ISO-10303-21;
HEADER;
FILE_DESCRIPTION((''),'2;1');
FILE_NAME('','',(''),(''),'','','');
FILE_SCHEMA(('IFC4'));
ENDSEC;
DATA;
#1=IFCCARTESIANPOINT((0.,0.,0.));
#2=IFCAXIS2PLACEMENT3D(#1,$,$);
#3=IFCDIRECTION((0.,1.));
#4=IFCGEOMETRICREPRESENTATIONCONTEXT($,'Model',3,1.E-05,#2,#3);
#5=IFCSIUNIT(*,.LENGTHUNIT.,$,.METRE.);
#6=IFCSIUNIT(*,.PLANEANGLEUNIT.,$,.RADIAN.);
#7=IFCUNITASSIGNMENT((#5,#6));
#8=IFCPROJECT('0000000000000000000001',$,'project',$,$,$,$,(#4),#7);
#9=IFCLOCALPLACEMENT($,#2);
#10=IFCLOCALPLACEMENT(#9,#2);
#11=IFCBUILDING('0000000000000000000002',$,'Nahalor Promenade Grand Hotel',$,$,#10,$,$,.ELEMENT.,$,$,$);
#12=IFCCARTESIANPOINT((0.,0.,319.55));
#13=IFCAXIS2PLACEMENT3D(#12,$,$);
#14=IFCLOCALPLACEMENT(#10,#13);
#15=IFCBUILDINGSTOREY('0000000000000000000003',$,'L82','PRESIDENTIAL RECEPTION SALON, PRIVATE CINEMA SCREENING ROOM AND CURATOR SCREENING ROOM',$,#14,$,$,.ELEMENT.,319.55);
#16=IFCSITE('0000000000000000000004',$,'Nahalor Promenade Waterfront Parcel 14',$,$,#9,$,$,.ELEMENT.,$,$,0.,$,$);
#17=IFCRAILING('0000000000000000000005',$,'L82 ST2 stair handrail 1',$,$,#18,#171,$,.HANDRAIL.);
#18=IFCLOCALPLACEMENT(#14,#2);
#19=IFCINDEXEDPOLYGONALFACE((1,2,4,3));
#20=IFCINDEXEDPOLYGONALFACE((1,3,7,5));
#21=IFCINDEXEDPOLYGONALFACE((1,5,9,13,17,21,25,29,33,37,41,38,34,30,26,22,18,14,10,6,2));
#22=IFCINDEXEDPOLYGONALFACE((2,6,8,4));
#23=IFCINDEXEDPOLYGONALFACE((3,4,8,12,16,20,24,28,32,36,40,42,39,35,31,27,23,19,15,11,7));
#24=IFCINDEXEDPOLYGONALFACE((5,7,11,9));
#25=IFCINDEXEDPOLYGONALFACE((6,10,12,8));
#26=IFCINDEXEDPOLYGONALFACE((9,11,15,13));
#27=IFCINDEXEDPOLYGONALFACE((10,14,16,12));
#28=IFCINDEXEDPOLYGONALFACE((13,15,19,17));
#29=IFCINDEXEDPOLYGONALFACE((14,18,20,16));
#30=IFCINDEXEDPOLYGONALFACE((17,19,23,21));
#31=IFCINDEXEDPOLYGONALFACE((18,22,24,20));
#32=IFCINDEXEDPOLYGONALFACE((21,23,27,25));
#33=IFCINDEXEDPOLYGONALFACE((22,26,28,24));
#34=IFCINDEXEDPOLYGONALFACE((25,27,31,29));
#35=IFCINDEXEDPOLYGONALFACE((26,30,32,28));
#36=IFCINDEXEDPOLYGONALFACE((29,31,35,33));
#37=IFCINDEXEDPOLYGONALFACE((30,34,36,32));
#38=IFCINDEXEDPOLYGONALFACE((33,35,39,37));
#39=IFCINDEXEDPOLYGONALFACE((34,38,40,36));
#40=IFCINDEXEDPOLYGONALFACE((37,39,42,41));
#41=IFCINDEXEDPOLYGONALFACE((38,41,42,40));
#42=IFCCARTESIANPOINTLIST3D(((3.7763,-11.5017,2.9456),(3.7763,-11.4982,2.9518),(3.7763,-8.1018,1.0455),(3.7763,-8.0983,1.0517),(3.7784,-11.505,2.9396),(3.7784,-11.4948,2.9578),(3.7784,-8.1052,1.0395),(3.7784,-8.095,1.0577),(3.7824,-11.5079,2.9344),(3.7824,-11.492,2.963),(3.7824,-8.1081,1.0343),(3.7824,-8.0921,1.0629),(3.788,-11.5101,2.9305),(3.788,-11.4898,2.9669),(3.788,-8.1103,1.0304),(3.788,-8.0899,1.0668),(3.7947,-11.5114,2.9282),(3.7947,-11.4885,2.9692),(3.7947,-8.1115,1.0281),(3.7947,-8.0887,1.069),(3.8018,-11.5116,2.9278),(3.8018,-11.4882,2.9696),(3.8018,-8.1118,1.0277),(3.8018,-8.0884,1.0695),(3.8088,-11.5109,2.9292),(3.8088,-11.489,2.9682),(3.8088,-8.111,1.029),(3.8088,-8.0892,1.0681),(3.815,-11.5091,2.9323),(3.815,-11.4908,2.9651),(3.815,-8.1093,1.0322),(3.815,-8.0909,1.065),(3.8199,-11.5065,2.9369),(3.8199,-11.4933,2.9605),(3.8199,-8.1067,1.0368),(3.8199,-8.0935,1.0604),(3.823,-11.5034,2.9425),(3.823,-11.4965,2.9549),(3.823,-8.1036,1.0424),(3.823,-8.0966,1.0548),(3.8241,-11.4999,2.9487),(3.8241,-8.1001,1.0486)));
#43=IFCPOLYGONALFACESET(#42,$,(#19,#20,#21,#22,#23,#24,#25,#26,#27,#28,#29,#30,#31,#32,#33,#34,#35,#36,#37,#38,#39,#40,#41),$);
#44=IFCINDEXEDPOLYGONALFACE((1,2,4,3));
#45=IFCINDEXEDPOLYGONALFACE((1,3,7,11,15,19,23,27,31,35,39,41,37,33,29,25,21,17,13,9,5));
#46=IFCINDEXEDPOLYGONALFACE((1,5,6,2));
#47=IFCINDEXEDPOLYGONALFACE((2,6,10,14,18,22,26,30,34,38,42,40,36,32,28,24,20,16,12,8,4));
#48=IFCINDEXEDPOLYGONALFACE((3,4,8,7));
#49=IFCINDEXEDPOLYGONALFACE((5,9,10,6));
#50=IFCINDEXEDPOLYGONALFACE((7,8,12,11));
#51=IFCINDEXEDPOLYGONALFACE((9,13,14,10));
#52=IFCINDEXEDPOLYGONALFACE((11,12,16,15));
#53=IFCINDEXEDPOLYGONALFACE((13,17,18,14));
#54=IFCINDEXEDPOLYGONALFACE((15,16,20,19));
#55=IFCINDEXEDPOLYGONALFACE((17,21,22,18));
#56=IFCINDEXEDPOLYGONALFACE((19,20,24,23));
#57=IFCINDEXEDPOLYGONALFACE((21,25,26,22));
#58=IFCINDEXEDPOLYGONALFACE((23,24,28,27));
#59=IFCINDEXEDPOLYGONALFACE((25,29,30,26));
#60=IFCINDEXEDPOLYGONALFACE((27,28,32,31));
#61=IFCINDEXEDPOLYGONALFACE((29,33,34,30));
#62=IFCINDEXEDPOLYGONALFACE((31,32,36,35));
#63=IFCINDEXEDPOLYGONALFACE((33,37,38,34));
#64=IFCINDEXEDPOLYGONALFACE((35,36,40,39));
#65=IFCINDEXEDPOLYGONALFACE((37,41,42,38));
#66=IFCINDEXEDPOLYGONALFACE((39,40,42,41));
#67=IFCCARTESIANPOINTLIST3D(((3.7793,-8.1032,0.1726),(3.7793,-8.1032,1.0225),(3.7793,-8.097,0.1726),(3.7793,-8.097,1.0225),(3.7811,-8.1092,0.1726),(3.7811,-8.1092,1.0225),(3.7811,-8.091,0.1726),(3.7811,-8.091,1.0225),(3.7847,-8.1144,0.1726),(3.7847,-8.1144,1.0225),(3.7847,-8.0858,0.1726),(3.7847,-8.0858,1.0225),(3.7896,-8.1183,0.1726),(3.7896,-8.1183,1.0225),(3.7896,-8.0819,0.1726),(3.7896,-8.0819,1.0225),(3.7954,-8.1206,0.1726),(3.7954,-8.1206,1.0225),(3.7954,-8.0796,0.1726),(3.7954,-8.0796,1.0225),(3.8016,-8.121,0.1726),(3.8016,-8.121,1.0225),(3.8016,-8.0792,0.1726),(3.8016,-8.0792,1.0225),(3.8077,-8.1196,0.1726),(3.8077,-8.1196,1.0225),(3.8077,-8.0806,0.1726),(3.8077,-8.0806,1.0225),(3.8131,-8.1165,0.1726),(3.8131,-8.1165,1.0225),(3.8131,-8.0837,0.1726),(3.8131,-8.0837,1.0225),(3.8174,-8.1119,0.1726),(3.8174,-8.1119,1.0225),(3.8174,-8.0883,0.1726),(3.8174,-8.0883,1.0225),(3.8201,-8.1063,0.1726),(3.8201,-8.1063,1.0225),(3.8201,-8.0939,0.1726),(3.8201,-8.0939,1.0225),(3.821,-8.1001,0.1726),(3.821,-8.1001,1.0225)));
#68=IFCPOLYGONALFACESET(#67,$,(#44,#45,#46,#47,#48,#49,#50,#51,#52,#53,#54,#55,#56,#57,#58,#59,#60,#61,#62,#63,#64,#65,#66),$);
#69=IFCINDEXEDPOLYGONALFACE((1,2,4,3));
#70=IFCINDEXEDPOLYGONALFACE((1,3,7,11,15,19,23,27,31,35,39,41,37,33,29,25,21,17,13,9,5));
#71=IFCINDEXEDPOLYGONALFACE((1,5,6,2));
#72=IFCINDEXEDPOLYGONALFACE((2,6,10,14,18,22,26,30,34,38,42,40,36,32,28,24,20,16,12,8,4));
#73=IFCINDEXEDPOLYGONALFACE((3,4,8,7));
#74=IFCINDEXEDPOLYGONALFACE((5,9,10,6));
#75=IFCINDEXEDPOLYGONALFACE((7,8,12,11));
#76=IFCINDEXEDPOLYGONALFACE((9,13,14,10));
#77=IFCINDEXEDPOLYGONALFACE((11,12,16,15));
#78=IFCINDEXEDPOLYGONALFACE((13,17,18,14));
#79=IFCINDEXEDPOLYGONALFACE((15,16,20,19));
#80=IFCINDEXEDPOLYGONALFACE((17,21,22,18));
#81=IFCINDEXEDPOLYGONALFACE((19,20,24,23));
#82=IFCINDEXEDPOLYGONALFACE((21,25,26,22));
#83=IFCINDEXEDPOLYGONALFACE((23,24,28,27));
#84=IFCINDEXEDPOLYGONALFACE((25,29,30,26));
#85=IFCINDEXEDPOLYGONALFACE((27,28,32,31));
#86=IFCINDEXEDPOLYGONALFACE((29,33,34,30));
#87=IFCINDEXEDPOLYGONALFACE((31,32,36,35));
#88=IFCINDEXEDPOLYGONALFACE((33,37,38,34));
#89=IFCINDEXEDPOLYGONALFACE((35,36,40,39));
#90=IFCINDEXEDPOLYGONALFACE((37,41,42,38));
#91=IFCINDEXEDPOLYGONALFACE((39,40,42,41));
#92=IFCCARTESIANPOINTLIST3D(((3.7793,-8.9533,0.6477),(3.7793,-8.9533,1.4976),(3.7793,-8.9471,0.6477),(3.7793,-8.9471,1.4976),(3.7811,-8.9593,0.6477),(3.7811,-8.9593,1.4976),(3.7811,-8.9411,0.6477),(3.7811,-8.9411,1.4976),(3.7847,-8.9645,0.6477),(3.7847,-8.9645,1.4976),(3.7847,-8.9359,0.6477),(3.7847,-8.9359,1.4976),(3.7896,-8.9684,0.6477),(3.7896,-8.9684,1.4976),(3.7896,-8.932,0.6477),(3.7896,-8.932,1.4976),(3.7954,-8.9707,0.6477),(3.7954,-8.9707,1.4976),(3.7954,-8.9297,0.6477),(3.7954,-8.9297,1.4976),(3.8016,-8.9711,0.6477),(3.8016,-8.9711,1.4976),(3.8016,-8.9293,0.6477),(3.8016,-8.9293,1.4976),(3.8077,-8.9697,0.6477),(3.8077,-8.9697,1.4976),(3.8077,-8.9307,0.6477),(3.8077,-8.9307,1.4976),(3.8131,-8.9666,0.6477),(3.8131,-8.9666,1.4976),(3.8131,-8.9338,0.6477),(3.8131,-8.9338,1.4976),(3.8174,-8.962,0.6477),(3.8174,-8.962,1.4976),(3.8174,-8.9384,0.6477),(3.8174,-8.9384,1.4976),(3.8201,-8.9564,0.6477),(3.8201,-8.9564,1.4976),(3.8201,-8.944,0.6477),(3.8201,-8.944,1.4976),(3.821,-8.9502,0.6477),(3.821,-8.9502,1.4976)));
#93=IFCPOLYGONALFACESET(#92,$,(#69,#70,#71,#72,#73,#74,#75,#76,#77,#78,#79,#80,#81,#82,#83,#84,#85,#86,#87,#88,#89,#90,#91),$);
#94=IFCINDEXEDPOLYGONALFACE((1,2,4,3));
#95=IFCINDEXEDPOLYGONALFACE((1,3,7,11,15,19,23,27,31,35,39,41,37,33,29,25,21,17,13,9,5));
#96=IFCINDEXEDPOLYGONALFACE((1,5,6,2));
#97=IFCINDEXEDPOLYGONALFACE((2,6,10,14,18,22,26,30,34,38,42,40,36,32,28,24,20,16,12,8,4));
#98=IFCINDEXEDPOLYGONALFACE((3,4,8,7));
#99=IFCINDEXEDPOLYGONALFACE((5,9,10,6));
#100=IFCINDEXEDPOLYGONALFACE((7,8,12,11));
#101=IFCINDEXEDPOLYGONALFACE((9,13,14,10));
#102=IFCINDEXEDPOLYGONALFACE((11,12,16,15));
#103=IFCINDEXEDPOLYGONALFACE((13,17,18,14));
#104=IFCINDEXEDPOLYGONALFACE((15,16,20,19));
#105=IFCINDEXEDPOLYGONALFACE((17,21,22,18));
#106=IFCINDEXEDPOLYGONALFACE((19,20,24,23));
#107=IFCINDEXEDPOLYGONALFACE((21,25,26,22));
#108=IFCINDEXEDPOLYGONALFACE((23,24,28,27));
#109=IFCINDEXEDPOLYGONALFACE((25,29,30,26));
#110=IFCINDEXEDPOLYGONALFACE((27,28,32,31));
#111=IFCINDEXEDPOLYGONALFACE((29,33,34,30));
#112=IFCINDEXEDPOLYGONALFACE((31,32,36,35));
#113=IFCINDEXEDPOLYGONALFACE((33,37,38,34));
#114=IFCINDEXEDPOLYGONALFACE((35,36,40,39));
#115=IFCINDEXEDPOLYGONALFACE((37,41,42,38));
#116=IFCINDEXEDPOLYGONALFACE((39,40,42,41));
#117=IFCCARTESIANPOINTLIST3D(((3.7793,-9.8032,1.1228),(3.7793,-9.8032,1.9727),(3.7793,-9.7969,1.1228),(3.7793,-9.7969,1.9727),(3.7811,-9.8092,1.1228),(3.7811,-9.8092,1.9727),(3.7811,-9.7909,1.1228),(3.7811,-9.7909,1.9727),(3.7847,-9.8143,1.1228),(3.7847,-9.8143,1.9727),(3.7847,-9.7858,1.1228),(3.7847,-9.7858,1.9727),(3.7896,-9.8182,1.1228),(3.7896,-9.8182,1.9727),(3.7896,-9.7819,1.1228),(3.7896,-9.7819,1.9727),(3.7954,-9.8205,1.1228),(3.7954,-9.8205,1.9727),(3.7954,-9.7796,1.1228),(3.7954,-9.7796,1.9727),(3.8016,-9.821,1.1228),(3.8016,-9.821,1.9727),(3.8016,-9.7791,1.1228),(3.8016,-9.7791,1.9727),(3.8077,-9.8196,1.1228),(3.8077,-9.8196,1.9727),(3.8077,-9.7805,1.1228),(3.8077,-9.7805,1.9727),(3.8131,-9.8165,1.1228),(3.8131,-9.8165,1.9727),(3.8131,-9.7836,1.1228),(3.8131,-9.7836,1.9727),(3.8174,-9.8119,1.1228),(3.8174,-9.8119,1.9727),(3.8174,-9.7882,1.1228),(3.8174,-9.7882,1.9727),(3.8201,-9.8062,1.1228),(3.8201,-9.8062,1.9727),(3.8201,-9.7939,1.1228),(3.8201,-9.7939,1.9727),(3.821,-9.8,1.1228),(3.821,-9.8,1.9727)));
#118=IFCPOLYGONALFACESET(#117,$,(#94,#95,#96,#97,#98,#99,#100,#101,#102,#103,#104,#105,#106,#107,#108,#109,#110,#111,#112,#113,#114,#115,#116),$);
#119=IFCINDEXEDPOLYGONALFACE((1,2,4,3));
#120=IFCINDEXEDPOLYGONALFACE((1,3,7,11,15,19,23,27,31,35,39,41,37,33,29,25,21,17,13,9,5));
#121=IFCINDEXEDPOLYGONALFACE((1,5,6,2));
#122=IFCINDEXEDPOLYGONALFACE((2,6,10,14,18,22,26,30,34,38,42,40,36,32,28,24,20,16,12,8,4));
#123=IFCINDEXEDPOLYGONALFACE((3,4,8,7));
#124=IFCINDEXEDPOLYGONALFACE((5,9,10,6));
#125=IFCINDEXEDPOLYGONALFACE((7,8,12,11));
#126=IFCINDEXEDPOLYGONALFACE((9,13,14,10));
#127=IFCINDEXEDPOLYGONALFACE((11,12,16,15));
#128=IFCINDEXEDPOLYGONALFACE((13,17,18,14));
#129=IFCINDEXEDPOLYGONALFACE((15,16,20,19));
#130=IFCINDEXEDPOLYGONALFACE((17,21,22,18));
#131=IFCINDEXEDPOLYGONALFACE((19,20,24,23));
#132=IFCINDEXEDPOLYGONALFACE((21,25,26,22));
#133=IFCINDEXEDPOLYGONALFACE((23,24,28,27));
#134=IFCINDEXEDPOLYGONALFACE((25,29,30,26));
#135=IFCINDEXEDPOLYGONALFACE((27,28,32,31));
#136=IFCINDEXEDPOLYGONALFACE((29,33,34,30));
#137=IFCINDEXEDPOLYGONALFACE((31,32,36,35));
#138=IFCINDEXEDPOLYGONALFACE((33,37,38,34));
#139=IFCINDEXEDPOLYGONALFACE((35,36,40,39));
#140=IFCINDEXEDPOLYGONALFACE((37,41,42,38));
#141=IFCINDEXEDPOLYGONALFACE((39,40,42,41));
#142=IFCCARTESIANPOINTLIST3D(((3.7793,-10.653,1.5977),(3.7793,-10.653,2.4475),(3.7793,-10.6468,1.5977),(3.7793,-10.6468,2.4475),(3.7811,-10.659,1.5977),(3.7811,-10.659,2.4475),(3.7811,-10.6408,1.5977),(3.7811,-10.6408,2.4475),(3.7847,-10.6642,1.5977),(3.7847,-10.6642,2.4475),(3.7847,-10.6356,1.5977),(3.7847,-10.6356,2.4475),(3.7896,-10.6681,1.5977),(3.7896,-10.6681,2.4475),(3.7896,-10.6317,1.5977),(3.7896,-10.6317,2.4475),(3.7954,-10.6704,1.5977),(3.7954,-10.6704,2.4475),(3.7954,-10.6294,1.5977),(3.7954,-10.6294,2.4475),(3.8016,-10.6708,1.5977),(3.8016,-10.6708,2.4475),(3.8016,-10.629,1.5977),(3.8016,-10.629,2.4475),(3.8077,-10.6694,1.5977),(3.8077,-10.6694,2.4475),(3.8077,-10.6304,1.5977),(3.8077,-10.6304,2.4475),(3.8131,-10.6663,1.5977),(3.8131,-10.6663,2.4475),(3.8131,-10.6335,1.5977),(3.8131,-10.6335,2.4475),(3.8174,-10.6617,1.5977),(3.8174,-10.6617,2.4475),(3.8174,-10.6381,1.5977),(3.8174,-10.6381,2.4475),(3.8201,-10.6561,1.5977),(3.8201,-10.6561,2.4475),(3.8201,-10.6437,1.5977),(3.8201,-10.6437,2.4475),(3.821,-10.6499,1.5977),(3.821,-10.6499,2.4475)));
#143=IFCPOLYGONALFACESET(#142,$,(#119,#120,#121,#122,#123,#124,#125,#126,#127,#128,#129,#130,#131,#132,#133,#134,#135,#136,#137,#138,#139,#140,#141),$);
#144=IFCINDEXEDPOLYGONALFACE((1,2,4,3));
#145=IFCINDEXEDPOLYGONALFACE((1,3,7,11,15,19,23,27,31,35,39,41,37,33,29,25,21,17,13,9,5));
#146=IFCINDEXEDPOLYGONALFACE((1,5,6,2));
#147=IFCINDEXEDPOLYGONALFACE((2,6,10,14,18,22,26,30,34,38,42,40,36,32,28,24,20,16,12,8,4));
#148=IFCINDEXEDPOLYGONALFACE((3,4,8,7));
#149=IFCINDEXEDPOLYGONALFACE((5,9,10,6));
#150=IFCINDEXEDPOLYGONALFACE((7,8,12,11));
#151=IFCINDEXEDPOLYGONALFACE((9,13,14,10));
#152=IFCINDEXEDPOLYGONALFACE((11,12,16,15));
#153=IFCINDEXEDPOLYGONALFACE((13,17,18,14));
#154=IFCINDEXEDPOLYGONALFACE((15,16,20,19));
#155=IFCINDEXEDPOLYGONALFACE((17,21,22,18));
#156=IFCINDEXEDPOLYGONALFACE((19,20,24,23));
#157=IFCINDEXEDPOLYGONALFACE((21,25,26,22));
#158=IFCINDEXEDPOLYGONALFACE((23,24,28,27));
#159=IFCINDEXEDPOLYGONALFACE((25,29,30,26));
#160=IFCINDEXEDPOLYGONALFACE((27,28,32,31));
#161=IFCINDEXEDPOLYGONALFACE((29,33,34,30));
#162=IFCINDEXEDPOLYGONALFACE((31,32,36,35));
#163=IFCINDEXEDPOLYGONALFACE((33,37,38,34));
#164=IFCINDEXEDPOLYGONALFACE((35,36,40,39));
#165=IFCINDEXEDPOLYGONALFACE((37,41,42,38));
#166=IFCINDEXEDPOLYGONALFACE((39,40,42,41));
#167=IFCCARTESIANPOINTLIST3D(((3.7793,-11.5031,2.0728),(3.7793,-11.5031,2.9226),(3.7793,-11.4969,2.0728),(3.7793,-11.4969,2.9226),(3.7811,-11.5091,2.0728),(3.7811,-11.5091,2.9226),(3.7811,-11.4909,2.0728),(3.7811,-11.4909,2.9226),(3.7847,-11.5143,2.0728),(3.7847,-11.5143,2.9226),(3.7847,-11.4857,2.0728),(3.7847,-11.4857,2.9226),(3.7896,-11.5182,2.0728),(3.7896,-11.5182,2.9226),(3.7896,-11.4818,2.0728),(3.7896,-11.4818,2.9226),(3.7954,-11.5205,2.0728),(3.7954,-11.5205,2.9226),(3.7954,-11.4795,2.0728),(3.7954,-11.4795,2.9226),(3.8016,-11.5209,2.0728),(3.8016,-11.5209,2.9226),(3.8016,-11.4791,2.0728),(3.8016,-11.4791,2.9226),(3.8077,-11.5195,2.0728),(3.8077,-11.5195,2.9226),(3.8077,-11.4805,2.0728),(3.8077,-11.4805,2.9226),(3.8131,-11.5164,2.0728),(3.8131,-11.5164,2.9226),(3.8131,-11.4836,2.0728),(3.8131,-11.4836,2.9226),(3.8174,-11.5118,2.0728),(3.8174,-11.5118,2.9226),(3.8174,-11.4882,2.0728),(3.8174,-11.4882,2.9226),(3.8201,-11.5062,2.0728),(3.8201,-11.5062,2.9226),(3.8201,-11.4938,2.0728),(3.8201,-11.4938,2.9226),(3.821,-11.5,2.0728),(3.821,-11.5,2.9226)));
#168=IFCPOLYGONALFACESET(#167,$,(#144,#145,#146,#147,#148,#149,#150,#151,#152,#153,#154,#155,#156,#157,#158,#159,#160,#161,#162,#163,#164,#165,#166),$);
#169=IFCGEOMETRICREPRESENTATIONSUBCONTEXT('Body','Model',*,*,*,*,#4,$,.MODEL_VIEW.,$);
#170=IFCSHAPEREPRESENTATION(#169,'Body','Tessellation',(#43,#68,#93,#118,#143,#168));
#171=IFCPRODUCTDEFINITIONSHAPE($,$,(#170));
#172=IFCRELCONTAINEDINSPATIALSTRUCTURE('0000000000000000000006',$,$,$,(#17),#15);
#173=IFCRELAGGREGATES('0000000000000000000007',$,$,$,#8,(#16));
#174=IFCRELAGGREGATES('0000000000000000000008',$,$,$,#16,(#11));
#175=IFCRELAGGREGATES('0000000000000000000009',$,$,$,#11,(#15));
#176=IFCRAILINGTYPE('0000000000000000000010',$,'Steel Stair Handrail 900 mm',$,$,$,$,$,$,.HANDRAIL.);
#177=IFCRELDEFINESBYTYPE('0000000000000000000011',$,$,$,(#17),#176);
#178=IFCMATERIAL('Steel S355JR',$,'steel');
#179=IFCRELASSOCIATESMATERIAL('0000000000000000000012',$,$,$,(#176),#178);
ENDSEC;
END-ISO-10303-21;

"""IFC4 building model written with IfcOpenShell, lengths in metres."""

from ifc_helpers import new_model, si_unit, direction, frame, origin, origin_2d, place, context, subcontext, project, spatial, circle, extrude, material, type_object, element, save


model = new_model("IFC4")

# Units and contexts
model_context = context("Model", 3, precision=1e-05, world=origin(), true_north=direction((0.0, 1.0)))
body_context = subcontext(model_context, "Body", "Model", "MODEL_VIEW")
ifc_project = project(units=[si_unit("LENGTHUNIT", "METRE"), si_unit("PLANEANGLEUNIT", "RADIAN")], contexts=[model_context])

# Site, building, storey
site_placement = place(None, origin())
site = spatial("IfcSite", under=ifc_project, at=site_placement, Name="Nahalor Promenade Waterfront Parcel 14", CompositionType="ELEMENT", RefElevation=0.0)
building_placement = place(site_placement, origin())
building = spatial("IfcBuilding", under=site, at=building_placement, Name="Nahalor Promenade Grand Hotel", CompositionType="ELEMENT")
storey_placement = place(building_placement, frame((0.0, 0.0, 319.55)))
storey = spatial("IfcBuildingStorey", under=building, at=storey_placement, Name="L82", Description="PRESIDENTIAL RECEPTION SALON, PRIVATE CINEMA SCREENING ROOM AND CURATOR SCREENING ROOM", CompositionType="ELEMENT", Elevation=319.55)

# Shared definitions
ifc_material_1 = material(Name="Steel S355JR", Category="steel")

# Railing
railing_type_1 = type_object("IfcRailingType", Name="Steel Stair Handrail 900 mm", PredefinedType="HANDRAIL", material=ifc_material_1)
railing_1_placement = place(storey_placement, frame((3.8, -8.1001, 0.1726)))
element("IfcRailing", 1, at=railing_1_placement, inside=storey, type_object=railing_type_1, Name="L82 ST2 stair handrail 1", PredefinedType="HANDRAIL", context=body_context, shape_type="SweptSolid", body=[
    extrude(circle(Radius=0.024, at=origin_2d()), frame((0.0, 0.0, 0.876), z_axis=(0.0, -0.872921, 0.487861), x_axis=(1.0, 0.0, 0.0)), (0.0, 0.0, 1.0), 3.8948),
    extrude(circle(Radius=0.021, at=origin_2d()), origin(), (0.0, 0.0, 1.0), 0.8499),
    extrude(circle(Radius=0.021, at=origin_2d()), frame((0.0, -0.8501, 0.4751)), (0.0, 0.0, 1.0), 0.8499),
    extrude(circle(Radius=0.021, at=origin_2d()), frame((0.0, -1.7, 0.9502)), (0.0, 0.0, 1.0), 0.8499),
    extrude(circle(Radius=0.021, at=origin_2d()), frame((0.0, -2.5498, 1.425)), (0.0, 0.0, 1.0), 0.8499),
    extrude(circle(Radius=0.021, at=origin_2d()), frame((0.0, -3.3999, 1.9001)), (0.0, 0.0, 1.0), 0.8499),
])

save(model, "model.ifc")
